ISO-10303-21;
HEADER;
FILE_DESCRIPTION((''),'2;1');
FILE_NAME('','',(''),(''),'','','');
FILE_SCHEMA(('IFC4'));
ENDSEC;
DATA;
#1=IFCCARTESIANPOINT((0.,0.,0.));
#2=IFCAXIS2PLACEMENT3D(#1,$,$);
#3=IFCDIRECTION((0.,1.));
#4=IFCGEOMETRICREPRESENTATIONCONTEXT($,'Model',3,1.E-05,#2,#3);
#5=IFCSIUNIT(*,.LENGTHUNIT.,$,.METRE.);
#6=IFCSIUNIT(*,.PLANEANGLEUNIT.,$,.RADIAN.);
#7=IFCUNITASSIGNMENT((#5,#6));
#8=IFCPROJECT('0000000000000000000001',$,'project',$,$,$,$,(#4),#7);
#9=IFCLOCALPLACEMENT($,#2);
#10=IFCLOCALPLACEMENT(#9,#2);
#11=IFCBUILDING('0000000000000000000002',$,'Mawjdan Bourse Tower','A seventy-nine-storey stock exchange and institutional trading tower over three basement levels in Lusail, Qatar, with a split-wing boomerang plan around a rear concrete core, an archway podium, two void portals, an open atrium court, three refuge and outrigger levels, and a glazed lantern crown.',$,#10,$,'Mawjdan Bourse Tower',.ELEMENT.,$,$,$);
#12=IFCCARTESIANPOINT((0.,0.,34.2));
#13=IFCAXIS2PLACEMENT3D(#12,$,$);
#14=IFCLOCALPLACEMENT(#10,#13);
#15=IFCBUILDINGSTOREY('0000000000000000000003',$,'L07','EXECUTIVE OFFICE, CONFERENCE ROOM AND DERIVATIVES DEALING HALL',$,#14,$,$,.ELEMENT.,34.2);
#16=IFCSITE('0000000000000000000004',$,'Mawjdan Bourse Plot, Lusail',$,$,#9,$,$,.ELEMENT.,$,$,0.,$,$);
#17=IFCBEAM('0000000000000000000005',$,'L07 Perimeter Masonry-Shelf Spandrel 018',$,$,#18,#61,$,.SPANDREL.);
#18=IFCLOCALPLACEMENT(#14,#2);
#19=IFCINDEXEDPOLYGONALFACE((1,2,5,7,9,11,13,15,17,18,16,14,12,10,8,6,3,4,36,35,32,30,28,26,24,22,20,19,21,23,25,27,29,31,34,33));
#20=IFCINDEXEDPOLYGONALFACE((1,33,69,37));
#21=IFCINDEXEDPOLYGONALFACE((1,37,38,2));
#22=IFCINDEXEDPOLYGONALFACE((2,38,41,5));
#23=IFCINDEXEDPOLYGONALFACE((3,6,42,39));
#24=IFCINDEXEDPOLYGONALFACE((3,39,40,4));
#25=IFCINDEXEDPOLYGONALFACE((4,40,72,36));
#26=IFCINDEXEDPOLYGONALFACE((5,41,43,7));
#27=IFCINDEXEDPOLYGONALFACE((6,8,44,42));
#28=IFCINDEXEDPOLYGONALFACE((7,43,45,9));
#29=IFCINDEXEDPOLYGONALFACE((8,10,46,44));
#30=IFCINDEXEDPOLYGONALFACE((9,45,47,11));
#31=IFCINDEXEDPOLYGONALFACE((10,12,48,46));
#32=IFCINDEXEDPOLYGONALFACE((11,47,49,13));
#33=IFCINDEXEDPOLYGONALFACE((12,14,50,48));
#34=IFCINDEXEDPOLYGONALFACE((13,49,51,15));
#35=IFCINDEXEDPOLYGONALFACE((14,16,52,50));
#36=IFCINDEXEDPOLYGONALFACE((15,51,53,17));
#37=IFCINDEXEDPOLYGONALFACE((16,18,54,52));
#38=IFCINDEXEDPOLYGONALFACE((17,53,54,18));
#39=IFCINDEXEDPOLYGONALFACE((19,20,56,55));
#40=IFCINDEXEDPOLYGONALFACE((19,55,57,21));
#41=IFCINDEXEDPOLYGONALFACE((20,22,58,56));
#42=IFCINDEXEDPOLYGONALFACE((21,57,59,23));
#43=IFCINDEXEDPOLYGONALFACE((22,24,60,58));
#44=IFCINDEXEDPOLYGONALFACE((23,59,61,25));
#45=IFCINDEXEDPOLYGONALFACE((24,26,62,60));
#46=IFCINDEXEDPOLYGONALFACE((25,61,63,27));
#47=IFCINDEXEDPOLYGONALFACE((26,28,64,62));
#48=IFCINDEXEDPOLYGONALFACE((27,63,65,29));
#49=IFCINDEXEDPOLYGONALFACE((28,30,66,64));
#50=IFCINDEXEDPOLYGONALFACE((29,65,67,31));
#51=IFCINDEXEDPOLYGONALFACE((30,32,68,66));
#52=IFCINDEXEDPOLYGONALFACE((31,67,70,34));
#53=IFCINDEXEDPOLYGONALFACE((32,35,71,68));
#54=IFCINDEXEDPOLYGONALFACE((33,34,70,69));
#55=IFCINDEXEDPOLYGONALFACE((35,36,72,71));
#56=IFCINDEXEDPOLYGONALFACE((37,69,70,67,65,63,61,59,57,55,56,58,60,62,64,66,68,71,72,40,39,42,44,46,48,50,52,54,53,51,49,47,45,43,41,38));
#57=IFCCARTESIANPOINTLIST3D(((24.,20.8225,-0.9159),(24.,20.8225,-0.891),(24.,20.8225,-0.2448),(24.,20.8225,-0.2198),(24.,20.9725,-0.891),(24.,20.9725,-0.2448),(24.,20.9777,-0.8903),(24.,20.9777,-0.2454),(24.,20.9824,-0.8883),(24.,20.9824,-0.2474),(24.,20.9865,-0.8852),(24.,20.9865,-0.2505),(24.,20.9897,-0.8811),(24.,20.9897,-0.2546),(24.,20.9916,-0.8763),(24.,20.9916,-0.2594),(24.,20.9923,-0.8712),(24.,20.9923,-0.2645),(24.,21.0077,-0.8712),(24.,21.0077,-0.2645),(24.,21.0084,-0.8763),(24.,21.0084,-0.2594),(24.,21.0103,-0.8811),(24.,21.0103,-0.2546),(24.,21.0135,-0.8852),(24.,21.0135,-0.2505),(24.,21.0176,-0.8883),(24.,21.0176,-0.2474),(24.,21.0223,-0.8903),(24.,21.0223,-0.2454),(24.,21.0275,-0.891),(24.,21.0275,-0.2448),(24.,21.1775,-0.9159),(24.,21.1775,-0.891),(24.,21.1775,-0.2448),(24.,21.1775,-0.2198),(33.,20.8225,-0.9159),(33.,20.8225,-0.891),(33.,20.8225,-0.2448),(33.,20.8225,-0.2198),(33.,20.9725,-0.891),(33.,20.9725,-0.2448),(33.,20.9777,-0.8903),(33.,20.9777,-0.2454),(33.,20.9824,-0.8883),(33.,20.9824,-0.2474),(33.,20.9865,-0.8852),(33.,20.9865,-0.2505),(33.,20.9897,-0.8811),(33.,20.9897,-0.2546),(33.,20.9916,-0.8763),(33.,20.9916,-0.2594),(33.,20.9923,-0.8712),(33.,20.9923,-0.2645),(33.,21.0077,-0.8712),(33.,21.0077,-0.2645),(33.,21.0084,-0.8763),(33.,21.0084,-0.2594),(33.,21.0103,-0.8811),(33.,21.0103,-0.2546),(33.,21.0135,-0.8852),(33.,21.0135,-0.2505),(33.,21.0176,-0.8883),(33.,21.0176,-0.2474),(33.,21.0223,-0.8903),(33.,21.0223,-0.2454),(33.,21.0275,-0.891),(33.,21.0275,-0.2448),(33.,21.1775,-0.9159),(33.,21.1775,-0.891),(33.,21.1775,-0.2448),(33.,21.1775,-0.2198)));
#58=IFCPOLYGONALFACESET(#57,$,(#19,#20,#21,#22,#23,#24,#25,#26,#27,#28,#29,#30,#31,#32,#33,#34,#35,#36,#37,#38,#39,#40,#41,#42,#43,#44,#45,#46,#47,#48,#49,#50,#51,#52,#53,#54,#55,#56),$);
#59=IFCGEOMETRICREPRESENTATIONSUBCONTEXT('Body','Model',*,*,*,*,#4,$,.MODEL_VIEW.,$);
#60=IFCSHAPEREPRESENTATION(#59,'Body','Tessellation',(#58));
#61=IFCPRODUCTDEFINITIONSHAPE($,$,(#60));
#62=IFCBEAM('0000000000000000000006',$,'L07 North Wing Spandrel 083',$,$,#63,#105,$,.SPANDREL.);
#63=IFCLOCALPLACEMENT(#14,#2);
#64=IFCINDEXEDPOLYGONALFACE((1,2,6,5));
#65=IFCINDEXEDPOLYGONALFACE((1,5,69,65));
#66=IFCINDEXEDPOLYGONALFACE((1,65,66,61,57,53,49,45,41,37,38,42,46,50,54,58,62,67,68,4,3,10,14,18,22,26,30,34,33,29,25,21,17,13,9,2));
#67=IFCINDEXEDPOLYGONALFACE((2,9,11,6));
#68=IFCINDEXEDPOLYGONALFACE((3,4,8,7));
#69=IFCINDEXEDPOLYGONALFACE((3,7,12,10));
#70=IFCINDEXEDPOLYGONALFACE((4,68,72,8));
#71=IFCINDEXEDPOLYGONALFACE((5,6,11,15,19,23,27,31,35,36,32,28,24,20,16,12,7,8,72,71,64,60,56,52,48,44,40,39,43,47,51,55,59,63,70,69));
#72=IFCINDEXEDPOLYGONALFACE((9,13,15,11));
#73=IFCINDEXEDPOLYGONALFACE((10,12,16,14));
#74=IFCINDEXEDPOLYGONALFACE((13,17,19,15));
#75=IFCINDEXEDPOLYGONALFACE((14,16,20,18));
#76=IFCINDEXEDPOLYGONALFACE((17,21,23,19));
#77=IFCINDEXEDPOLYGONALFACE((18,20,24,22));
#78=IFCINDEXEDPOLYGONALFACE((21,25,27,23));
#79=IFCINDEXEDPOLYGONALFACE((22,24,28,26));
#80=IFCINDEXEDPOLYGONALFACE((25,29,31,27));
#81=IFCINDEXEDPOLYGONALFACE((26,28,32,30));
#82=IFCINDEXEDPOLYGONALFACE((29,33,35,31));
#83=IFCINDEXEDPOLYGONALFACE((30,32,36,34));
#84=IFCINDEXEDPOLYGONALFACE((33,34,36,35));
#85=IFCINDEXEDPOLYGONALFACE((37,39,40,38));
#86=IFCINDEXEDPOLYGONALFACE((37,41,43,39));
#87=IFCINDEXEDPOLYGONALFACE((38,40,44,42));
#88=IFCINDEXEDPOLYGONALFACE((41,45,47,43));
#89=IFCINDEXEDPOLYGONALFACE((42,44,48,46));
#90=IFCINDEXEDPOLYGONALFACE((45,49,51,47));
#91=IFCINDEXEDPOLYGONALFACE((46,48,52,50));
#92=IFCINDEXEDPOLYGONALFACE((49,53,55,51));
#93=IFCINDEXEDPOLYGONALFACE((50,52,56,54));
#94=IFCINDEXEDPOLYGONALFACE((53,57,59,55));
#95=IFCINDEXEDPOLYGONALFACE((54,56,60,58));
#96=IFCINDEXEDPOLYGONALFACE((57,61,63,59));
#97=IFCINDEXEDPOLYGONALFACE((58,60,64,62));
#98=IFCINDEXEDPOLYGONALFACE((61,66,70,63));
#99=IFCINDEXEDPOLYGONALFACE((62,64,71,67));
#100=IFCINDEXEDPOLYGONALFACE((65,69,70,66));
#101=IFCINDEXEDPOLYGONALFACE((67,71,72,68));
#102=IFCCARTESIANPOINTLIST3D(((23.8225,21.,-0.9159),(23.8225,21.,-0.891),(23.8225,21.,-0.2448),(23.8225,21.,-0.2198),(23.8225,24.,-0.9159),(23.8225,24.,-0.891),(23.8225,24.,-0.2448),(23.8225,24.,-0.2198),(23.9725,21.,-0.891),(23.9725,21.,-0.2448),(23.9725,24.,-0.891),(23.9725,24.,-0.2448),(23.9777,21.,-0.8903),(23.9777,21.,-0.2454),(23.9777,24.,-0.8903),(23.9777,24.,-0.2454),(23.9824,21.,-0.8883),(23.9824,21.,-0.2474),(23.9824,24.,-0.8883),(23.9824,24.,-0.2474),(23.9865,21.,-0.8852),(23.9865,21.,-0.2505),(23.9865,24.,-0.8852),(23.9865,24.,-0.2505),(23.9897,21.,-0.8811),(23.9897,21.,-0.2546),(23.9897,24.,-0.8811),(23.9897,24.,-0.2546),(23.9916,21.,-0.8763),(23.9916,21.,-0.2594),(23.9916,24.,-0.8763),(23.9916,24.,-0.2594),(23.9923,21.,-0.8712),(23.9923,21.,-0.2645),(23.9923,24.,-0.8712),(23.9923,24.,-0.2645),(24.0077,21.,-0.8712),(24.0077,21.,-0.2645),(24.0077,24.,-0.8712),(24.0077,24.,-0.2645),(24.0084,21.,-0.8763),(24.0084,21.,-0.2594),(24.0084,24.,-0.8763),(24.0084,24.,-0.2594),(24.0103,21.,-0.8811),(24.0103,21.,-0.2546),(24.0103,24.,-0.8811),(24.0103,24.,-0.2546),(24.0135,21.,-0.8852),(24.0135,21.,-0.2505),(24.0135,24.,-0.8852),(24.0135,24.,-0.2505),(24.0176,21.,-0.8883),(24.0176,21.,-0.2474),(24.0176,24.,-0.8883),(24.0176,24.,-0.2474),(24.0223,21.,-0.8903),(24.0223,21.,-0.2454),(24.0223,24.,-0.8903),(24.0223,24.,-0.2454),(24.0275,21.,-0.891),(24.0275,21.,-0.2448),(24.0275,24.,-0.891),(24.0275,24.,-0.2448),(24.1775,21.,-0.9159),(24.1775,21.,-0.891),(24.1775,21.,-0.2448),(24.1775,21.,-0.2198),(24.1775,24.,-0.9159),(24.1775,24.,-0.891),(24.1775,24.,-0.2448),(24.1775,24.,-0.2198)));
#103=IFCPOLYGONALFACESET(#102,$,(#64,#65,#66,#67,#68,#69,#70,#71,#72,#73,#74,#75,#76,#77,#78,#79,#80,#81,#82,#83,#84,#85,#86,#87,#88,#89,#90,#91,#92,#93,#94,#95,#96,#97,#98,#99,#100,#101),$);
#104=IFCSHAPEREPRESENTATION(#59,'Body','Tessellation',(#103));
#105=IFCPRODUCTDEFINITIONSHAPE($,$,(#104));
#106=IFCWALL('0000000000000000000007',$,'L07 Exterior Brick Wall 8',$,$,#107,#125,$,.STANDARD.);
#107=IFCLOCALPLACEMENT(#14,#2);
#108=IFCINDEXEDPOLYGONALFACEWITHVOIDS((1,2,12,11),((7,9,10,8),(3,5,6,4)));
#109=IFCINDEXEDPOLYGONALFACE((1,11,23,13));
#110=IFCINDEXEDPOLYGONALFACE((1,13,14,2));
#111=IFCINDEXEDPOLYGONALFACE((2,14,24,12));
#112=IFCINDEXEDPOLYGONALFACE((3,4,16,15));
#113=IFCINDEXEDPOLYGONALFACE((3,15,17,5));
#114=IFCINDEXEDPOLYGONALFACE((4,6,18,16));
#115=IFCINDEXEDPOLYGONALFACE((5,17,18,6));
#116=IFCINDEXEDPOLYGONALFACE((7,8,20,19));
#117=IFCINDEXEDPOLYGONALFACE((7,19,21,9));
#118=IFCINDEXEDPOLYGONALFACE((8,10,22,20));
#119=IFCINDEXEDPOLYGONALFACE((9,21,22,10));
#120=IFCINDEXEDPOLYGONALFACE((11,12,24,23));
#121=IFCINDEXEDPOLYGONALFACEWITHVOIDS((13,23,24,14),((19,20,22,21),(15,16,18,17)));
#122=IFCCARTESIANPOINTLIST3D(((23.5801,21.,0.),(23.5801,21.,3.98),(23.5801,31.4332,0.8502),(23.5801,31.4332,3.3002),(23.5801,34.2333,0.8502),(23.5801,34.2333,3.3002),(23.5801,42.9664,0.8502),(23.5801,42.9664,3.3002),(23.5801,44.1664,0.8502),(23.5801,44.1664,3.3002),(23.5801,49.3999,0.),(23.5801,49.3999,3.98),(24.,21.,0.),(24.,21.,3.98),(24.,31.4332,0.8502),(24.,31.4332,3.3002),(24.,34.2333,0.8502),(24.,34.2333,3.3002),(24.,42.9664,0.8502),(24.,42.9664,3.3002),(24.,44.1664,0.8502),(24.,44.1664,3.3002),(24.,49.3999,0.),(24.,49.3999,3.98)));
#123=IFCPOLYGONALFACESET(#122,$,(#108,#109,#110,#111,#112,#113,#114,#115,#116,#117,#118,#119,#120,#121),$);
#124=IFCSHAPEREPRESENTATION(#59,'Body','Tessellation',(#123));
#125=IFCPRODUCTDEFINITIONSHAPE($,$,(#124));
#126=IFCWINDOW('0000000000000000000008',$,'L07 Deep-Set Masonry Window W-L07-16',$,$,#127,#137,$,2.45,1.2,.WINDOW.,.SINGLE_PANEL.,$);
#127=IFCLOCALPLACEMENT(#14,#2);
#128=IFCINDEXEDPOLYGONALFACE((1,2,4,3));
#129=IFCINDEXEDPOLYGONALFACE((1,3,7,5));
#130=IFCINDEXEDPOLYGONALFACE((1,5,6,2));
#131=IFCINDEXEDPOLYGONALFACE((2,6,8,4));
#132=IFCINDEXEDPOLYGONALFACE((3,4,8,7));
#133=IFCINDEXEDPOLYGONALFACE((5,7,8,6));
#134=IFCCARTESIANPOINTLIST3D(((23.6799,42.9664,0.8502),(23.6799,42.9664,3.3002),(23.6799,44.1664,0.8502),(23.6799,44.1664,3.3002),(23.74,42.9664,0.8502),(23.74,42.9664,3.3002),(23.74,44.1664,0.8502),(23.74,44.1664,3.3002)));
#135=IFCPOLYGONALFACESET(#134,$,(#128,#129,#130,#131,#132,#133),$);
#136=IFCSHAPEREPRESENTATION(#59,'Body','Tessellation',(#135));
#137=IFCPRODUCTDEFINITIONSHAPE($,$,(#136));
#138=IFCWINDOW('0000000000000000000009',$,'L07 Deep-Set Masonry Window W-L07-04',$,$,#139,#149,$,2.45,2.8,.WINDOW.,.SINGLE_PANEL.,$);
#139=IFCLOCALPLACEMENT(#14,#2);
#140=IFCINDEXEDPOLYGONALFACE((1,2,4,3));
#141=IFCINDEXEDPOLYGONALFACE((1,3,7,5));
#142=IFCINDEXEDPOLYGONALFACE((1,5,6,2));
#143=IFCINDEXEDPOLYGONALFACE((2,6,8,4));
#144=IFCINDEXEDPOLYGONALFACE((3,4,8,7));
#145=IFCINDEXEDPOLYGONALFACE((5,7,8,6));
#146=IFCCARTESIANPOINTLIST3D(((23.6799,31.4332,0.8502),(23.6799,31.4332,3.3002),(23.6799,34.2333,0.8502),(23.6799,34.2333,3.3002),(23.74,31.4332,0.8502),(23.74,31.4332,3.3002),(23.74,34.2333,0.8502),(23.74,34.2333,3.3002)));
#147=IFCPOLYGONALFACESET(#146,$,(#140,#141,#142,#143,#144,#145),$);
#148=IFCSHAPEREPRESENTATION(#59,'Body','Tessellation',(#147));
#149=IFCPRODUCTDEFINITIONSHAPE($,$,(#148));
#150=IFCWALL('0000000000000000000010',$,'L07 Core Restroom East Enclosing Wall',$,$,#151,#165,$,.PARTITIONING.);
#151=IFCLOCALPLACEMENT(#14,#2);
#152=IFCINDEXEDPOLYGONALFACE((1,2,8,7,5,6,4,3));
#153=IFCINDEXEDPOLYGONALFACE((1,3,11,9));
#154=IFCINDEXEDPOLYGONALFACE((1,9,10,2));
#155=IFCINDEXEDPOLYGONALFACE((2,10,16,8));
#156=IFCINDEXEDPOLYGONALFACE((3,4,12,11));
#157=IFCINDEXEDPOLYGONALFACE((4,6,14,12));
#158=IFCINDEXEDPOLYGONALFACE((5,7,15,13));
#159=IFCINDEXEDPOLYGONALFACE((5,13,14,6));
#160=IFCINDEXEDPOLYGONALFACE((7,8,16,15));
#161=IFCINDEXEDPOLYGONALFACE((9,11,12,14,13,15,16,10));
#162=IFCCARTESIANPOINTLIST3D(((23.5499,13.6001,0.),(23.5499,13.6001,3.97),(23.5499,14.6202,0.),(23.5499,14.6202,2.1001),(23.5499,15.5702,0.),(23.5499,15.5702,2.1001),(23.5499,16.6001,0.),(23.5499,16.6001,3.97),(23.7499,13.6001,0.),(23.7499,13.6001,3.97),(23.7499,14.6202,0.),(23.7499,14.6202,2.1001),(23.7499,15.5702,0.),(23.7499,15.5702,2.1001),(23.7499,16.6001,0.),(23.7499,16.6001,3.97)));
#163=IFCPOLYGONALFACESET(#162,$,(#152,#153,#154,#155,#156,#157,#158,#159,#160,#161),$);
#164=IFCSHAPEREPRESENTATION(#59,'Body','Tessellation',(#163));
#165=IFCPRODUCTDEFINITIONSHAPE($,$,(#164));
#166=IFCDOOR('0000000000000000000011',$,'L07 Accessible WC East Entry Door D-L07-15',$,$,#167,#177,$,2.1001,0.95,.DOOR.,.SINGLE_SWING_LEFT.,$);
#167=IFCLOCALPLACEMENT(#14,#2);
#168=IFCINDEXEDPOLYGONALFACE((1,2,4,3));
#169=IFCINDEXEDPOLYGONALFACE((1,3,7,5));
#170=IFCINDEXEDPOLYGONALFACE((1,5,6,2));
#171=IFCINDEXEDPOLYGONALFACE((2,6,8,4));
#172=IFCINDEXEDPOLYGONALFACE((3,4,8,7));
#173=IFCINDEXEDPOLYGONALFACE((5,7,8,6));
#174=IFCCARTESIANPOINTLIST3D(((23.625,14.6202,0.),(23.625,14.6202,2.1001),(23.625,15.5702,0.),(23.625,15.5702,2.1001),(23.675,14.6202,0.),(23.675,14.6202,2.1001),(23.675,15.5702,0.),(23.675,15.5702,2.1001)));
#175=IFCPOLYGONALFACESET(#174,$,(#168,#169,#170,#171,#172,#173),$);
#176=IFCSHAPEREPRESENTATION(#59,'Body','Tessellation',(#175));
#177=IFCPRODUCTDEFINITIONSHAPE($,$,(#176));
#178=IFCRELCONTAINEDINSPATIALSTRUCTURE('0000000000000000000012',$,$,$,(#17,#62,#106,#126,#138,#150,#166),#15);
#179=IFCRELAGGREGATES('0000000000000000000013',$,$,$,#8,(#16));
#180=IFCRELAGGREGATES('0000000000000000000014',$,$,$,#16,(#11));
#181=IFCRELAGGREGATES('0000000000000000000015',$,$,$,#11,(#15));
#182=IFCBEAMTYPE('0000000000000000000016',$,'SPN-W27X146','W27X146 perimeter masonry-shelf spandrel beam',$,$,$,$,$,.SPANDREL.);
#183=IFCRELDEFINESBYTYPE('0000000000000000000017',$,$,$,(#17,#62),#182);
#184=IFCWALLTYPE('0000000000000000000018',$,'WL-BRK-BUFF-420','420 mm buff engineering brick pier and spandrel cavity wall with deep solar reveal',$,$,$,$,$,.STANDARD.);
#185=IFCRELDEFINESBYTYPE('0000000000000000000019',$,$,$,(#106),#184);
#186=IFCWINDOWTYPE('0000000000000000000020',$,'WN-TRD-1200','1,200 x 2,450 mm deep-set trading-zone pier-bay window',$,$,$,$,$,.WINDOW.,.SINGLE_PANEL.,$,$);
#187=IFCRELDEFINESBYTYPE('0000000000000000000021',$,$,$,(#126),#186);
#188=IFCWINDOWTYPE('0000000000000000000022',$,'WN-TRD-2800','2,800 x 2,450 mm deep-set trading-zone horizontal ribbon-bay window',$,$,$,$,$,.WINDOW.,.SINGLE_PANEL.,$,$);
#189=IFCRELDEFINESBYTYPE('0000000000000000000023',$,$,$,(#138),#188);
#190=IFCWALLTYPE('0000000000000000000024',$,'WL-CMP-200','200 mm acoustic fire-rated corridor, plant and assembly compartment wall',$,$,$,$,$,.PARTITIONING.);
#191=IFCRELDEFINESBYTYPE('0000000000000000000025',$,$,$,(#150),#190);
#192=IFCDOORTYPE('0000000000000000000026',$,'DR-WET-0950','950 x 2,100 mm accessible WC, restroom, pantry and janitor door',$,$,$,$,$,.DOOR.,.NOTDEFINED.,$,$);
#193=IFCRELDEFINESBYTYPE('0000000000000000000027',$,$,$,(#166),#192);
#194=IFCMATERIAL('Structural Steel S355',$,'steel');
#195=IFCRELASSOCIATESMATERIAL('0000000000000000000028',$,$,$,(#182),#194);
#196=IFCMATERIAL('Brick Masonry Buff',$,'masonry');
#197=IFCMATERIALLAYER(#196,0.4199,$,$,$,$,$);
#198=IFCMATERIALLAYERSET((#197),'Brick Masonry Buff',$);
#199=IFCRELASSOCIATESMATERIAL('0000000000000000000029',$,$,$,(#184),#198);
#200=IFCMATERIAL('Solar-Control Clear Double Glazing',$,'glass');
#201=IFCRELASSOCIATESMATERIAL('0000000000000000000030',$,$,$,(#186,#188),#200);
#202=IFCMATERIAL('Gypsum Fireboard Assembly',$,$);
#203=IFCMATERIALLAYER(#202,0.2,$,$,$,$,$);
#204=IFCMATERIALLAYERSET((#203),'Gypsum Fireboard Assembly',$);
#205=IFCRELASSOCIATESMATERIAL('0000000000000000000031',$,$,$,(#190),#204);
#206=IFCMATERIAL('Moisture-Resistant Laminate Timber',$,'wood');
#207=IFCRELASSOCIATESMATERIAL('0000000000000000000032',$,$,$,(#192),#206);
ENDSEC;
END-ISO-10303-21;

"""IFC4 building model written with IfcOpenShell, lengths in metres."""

from ifc_helpers import new_model, si_unit, direction, frame, frame_2d, origin, origin_2d, place, context, subcontext, project, spatial, rectangle, i_section, extrude, material, layer, layer_set, material_profile, profile_set, type_object, element, fill, save


model = new_model("IFC4")

# Units and contexts
model_context = context("Model", 3, precision=1e-05, world=origin(), true_north=direction((0.0, 1.0)))
body_context = subcontext(model_context, "Body", "Model", "MODEL_VIEW")
ifc_project = project(units=[si_unit("LENGTHUNIT", "METRE"), si_unit("PLANEANGLEUNIT", "RADIAN")], contexts=[model_context])

# Site, building, storey
site_placement = place(None, origin())
site = spatial("IfcSite", under=ifc_project, at=site_placement, Name="Mawjdan Bourse Plot, Lusail", CompositionType="ELEMENT", RefElevation=0.0)
building_placement = place(site_placement, origin())
building = spatial("IfcBuilding", under=site, at=building_placement, Name="Mawjdan Bourse Tower", Description="A seventy-nine-storey stock exchange and institutional trading tower over three basement levels in Lusail, Qatar, with a split-wing boomerang plan around a rear concrete core, an archway podium, two void portals, an open atrium court, three refuge and outrigger levels, and a glazed lantern crown.", LongName="Mawjdan Bourse Tower", CompositionType="ELEMENT")
storey_placement = place(building_placement, frame((0.0, 0.0, 34.2)))
storey = spatial("IfcBuildingStorey", under=building, at=storey_placement, Name="L07", Description="EXECUTIVE OFFICE, CONFERENCE ROOM AND DERIVATIVES DEALING HALL", CompositionType="ELEMENT", Elevation=34.2)

# Beams
ifc_material_1 = material(Name="Structural Steel S355", Category="steel")
ifc_material_profile_1 = material_profile(ifc_material_1, i_section(OverallWidth=0.355, OverallDepth=0.696, WebThickness=0.0154, FlangeThickness=0.0249, FilletRadius=0.0198, at=origin_2d()), Name="W27X146")
ifc_profile_set_1 = profile_set([ifc_material_profile_1], Name="Structural Steel S355")
beam_type_1 = type_object("IfcBeamType", Name="SPN-W27X146", Description="W27X146 perimeter masonry-shelf spandrel beam", PredefinedType="SPANDREL", material=ifc_profile_set_1)
beam_1_placement = place(storey_placement, frame((24.0, 21.0, -0.5679), z_axis=(1.0, 0.0, 0.0), x_axis=(0.0, 1.0, 0.0)))
element("IfcBeam", 1, at=beam_1_placement, inside=storey, type_object=beam_type_1, Name="L07 Perimeter Masonry-Shelf Spandrel 018", PredefinedType="SPANDREL", context=body_context, shape_type="SweptSolid", body=[
    extrude(i_section(OverallWidth=0.355, OverallDepth=0.696, WebThickness=0.0154, FlangeThickness=0.0249, FilletRadius=0.0198, at=origin_2d()), origin(), (0.0, 0.0, 1.0), 9.0),
])
beam_2_placement = place(storey_placement, frame((24.0, 21.0, -0.5679), z_axis=(0.0, 1.0, 0.0), x_axis=(-1.0, 0.0, 0.0)))
element("IfcBeam", 2, at=beam_2_placement, inside=storey, type_object=beam_type_1, Name="L07 North Wing Spandrel 083", PredefinedType="SPANDREL", context=body_context, shape_type="SweptSolid", body=[
    extrude(i_section(OverallWidth=0.355, OverallDepth=0.696, WebThickness=0.0154, FlangeThickness=0.0249, FilletRadius=0.0198, at=origin_2d()), origin(), (0.0, 0.0, 1.0), 3.0),
])

# Wall, openings, windows
ifc_material_2 = material(Name="Brick Masonry Buff", Category="masonry")
ifc_layer_1 = layer(ifc_material_2, 0.4199)
ifc_layer_set_1 = layer_set([ifc_layer_1], Name="Brick Masonry Buff")
wall_type_1 = type_object("IfcWallType", Name="WL-BRK-BUFF-420", Description="420 mm buff engineering brick pier and spandrel cavity wall with deep solar reveal", PredefinedType="STANDARD", material=ifc_layer_set_1)
wall_1_placement = place(storey_placement, frame((23.79, 21.0, 0.0), z_axis=(0.0, 0.0, 1.0), x_axis=(0.0, 1.0, 0.0)))
wall_1 = element("IfcWall", 3, at=wall_1_placement, inside=storey, type_object=wall_type_1, Name="L07 Exterior Brick Wall 8", PredefinedType="STANDARD", context=body_context, shape_type="SweptSolid", body=[
    extrude(rectangle(XDim=28.3999, YDim=0.4199, at=frame_2d((14.2, 0.0))), origin(), (0.0, 0.0, 1.0), 3.98),
])
opening_1_placement = place(wall_1_placement, frame((10.4333, 0.0, 0.8501)))
opening_1 = element("IfcOpeningElement", 4, at=opening_1_placement, cuts=wall_1, PredefinedType="OPENING", context=body_context, shape_type="SweptSolid", body=[
    extrude(rectangle(XDim=2.8, YDim=2.45, at=frame_2d((1.3999, 1.2251))), frame((0.0, 0.22, 0.0), z_axis=(0.0, -1.0, 0.0), x_axis=(1.0, 0.0, 0.0)), (0.0, 0.0, 1.0), 0.4399),
])
opening_2_placement = place(wall_1_placement, frame((21.9663, 0.0, 0.8501)))
opening_2 = element("IfcOpeningElement", 5, at=opening_2_placement, cuts=wall_1, PredefinedType="OPENING", context=body_context, shape_type="SweptSolid", body=[
    extrude(rectangle(XDim=1.2, YDim=2.45, at=frame_2d((0.6001, 1.2251))), frame((0.0, 0.22, 0.0), z_axis=(0.0, -1.0, 0.0), x_axis=(1.0, 0.0, 0.0)), (0.0, 0.0, 1.0), 0.4399),
])
ifc_material_3 = material(Name="Solar-Control Clear Double Glazing", Category="glass")
window_type_1 = type_object("IfcWindowType", Name="WN-TRD-1200", Description="1,200 x 2,450 mm deep-set trading-zone pier-bay window", PartitioningType="SINGLE_PANEL", PredefinedType="WINDOW", material=ifc_material_3)
window_1_placement = place(opening_2_placement, origin())
window_1 = element("IfcWindow", 6, at=window_1_placement, inside=storey, type_object=window_type_1, Name="L07 Deep-Set Masonry Window W-L07-16", OverallHeight=2.45, OverallWidth=1.2, PartitioningType="SINGLE_PANEL", PredefinedType="WINDOW", context=body_context, shape_type="SweptSolid", body=[
    extrude(rectangle(XDim=1.2, YDim=2.45, at=frame_2d((0.6001, 1.2251))), frame((0.0, 0.1101, 0.0), z_axis=(0.0, -1.0, 0.0), x_axis=(1.0, 0.0, 0.0)), (0.0, 0.0, 1.0), 0.0601),
])
fill(opening_2, window_1)
window_type_2 = type_object("IfcWindowType", Name="WN-TRD-2800", Description="2,800 x 2,450 mm deep-set trading-zone horizontal ribbon-bay window", PartitioningType="SINGLE_PANEL", PredefinedType="WINDOW", material=ifc_material_3)
window_2_placement = place(opening_1_placement, origin())
window_2 = element("IfcWindow", 7, at=window_2_placement, inside=storey, type_object=window_type_2, Name="L07 Deep-Set Masonry Window W-L07-04", OverallHeight=2.45, OverallWidth=2.8, PartitioningType="SINGLE_PANEL", PredefinedType="WINDOW", context=body_context, shape_type="SweptSolid", body=[
    extrude(rectangle(XDim=2.8, YDim=2.45, at=frame_2d((1.3999, 1.2251))), frame((0.0, 0.1101, 0.0), z_axis=(0.0, -1.0, 0.0), x_axis=(1.0, 0.0, 0.0)), (0.0, 0.0, 1.0), 0.0601),
])
fill(opening_1, window_2)

# Wall, opening, door
ifc_material_4 = material(Name="Gypsum Fireboard Assembly")
ifc_layer_2 = layer(ifc_material_4, 0.2)
ifc_layer_set_2 = layer_set([ifc_layer_2], Name="Gypsum Fireboard Assembly")
wall_type_2 = type_object("IfcWallType", Name="WL-CMP-200", Description="200 mm acoustic fire-rated corridor, plant and assembly compartment wall", PredefinedType="PARTITIONING", material=ifc_layer_set_2)
wall_2_placement = place(storey_placement, frame((23.6499, 13.6001, 0.0), z_axis=(0.0, 0.0, 1.0), x_axis=(0.0, 1.0, 0.0)))
wall_2 = element("IfcWall", 8, at=wall_2_placement, inside=storey, type_object=wall_type_2, Name="L07 Core Restroom East Enclosing Wall", PredefinedType="PARTITIONING", context=body_context, shape_type="SweptSolid", body=[
    extrude(rectangle(XDim=3.0, YDim=0.2, at=frame_2d((1.5, 0.0))), origin(), (0.0, 0.0, 1.0), 3.97),
])
opening_3_placement = place(wall_2_placement, frame((1.02, 0.0, 0.0)))
opening_3 = element("IfcOpeningElement", 9, at=opening_3_placement, cuts=wall_2, PredefinedType="OPENING", context=body_context, shape_type="SweptSolid", body=[
    extrude(rectangle(XDim=0.95, YDim=2.1001, at=frame_2d((0.4751, 1.05))), frame((0.0, 0.1099, 0.0), z_axis=(0.0, -1.0, 0.0), x_axis=(1.0, 0.0, 0.0)), (0.0, 0.0, 1.0), 0.22),
])
ifc_material_5 = material(Name="Moisture-Resistant Laminate Timber", Category="wood")
door_type_1 = type_object("IfcDoorType", Name="DR-WET-0950", Description="950 x 2,100 mm accessible WC, restroom, pantry and janitor door", OperationType="NOTDEFINED", PredefinedType="DOOR", material=ifc_material_5)
door_1_placement = place(opening_3_placement, origin())
door_1 = element("IfcDoor", 10, at=door_1_placement, inside=storey, type_object=door_type_1, Name="L07 Accessible WC East Entry Door D-L07-15", OperationType="SINGLE_SWING_LEFT", OverallHeight=2.1001, OverallWidth=0.95, PredefinedType="DOOR", context=body_context, shape_type="SweptSolid", body=[
    extrude(rectangle(XDim=0.95, YDim=2.1001, at=frame_2d((0.4751, 1.05))), frame((0.0, 0.0249, 0.0), z_axis=(0.0, -1.0, 0.0), x_axis=(1.0, 0.0, 0.0)), (0.0, 0.0, 1.0), 0.05),
])
fill(opening_3, door_1)

save(model, "model.ifc")
